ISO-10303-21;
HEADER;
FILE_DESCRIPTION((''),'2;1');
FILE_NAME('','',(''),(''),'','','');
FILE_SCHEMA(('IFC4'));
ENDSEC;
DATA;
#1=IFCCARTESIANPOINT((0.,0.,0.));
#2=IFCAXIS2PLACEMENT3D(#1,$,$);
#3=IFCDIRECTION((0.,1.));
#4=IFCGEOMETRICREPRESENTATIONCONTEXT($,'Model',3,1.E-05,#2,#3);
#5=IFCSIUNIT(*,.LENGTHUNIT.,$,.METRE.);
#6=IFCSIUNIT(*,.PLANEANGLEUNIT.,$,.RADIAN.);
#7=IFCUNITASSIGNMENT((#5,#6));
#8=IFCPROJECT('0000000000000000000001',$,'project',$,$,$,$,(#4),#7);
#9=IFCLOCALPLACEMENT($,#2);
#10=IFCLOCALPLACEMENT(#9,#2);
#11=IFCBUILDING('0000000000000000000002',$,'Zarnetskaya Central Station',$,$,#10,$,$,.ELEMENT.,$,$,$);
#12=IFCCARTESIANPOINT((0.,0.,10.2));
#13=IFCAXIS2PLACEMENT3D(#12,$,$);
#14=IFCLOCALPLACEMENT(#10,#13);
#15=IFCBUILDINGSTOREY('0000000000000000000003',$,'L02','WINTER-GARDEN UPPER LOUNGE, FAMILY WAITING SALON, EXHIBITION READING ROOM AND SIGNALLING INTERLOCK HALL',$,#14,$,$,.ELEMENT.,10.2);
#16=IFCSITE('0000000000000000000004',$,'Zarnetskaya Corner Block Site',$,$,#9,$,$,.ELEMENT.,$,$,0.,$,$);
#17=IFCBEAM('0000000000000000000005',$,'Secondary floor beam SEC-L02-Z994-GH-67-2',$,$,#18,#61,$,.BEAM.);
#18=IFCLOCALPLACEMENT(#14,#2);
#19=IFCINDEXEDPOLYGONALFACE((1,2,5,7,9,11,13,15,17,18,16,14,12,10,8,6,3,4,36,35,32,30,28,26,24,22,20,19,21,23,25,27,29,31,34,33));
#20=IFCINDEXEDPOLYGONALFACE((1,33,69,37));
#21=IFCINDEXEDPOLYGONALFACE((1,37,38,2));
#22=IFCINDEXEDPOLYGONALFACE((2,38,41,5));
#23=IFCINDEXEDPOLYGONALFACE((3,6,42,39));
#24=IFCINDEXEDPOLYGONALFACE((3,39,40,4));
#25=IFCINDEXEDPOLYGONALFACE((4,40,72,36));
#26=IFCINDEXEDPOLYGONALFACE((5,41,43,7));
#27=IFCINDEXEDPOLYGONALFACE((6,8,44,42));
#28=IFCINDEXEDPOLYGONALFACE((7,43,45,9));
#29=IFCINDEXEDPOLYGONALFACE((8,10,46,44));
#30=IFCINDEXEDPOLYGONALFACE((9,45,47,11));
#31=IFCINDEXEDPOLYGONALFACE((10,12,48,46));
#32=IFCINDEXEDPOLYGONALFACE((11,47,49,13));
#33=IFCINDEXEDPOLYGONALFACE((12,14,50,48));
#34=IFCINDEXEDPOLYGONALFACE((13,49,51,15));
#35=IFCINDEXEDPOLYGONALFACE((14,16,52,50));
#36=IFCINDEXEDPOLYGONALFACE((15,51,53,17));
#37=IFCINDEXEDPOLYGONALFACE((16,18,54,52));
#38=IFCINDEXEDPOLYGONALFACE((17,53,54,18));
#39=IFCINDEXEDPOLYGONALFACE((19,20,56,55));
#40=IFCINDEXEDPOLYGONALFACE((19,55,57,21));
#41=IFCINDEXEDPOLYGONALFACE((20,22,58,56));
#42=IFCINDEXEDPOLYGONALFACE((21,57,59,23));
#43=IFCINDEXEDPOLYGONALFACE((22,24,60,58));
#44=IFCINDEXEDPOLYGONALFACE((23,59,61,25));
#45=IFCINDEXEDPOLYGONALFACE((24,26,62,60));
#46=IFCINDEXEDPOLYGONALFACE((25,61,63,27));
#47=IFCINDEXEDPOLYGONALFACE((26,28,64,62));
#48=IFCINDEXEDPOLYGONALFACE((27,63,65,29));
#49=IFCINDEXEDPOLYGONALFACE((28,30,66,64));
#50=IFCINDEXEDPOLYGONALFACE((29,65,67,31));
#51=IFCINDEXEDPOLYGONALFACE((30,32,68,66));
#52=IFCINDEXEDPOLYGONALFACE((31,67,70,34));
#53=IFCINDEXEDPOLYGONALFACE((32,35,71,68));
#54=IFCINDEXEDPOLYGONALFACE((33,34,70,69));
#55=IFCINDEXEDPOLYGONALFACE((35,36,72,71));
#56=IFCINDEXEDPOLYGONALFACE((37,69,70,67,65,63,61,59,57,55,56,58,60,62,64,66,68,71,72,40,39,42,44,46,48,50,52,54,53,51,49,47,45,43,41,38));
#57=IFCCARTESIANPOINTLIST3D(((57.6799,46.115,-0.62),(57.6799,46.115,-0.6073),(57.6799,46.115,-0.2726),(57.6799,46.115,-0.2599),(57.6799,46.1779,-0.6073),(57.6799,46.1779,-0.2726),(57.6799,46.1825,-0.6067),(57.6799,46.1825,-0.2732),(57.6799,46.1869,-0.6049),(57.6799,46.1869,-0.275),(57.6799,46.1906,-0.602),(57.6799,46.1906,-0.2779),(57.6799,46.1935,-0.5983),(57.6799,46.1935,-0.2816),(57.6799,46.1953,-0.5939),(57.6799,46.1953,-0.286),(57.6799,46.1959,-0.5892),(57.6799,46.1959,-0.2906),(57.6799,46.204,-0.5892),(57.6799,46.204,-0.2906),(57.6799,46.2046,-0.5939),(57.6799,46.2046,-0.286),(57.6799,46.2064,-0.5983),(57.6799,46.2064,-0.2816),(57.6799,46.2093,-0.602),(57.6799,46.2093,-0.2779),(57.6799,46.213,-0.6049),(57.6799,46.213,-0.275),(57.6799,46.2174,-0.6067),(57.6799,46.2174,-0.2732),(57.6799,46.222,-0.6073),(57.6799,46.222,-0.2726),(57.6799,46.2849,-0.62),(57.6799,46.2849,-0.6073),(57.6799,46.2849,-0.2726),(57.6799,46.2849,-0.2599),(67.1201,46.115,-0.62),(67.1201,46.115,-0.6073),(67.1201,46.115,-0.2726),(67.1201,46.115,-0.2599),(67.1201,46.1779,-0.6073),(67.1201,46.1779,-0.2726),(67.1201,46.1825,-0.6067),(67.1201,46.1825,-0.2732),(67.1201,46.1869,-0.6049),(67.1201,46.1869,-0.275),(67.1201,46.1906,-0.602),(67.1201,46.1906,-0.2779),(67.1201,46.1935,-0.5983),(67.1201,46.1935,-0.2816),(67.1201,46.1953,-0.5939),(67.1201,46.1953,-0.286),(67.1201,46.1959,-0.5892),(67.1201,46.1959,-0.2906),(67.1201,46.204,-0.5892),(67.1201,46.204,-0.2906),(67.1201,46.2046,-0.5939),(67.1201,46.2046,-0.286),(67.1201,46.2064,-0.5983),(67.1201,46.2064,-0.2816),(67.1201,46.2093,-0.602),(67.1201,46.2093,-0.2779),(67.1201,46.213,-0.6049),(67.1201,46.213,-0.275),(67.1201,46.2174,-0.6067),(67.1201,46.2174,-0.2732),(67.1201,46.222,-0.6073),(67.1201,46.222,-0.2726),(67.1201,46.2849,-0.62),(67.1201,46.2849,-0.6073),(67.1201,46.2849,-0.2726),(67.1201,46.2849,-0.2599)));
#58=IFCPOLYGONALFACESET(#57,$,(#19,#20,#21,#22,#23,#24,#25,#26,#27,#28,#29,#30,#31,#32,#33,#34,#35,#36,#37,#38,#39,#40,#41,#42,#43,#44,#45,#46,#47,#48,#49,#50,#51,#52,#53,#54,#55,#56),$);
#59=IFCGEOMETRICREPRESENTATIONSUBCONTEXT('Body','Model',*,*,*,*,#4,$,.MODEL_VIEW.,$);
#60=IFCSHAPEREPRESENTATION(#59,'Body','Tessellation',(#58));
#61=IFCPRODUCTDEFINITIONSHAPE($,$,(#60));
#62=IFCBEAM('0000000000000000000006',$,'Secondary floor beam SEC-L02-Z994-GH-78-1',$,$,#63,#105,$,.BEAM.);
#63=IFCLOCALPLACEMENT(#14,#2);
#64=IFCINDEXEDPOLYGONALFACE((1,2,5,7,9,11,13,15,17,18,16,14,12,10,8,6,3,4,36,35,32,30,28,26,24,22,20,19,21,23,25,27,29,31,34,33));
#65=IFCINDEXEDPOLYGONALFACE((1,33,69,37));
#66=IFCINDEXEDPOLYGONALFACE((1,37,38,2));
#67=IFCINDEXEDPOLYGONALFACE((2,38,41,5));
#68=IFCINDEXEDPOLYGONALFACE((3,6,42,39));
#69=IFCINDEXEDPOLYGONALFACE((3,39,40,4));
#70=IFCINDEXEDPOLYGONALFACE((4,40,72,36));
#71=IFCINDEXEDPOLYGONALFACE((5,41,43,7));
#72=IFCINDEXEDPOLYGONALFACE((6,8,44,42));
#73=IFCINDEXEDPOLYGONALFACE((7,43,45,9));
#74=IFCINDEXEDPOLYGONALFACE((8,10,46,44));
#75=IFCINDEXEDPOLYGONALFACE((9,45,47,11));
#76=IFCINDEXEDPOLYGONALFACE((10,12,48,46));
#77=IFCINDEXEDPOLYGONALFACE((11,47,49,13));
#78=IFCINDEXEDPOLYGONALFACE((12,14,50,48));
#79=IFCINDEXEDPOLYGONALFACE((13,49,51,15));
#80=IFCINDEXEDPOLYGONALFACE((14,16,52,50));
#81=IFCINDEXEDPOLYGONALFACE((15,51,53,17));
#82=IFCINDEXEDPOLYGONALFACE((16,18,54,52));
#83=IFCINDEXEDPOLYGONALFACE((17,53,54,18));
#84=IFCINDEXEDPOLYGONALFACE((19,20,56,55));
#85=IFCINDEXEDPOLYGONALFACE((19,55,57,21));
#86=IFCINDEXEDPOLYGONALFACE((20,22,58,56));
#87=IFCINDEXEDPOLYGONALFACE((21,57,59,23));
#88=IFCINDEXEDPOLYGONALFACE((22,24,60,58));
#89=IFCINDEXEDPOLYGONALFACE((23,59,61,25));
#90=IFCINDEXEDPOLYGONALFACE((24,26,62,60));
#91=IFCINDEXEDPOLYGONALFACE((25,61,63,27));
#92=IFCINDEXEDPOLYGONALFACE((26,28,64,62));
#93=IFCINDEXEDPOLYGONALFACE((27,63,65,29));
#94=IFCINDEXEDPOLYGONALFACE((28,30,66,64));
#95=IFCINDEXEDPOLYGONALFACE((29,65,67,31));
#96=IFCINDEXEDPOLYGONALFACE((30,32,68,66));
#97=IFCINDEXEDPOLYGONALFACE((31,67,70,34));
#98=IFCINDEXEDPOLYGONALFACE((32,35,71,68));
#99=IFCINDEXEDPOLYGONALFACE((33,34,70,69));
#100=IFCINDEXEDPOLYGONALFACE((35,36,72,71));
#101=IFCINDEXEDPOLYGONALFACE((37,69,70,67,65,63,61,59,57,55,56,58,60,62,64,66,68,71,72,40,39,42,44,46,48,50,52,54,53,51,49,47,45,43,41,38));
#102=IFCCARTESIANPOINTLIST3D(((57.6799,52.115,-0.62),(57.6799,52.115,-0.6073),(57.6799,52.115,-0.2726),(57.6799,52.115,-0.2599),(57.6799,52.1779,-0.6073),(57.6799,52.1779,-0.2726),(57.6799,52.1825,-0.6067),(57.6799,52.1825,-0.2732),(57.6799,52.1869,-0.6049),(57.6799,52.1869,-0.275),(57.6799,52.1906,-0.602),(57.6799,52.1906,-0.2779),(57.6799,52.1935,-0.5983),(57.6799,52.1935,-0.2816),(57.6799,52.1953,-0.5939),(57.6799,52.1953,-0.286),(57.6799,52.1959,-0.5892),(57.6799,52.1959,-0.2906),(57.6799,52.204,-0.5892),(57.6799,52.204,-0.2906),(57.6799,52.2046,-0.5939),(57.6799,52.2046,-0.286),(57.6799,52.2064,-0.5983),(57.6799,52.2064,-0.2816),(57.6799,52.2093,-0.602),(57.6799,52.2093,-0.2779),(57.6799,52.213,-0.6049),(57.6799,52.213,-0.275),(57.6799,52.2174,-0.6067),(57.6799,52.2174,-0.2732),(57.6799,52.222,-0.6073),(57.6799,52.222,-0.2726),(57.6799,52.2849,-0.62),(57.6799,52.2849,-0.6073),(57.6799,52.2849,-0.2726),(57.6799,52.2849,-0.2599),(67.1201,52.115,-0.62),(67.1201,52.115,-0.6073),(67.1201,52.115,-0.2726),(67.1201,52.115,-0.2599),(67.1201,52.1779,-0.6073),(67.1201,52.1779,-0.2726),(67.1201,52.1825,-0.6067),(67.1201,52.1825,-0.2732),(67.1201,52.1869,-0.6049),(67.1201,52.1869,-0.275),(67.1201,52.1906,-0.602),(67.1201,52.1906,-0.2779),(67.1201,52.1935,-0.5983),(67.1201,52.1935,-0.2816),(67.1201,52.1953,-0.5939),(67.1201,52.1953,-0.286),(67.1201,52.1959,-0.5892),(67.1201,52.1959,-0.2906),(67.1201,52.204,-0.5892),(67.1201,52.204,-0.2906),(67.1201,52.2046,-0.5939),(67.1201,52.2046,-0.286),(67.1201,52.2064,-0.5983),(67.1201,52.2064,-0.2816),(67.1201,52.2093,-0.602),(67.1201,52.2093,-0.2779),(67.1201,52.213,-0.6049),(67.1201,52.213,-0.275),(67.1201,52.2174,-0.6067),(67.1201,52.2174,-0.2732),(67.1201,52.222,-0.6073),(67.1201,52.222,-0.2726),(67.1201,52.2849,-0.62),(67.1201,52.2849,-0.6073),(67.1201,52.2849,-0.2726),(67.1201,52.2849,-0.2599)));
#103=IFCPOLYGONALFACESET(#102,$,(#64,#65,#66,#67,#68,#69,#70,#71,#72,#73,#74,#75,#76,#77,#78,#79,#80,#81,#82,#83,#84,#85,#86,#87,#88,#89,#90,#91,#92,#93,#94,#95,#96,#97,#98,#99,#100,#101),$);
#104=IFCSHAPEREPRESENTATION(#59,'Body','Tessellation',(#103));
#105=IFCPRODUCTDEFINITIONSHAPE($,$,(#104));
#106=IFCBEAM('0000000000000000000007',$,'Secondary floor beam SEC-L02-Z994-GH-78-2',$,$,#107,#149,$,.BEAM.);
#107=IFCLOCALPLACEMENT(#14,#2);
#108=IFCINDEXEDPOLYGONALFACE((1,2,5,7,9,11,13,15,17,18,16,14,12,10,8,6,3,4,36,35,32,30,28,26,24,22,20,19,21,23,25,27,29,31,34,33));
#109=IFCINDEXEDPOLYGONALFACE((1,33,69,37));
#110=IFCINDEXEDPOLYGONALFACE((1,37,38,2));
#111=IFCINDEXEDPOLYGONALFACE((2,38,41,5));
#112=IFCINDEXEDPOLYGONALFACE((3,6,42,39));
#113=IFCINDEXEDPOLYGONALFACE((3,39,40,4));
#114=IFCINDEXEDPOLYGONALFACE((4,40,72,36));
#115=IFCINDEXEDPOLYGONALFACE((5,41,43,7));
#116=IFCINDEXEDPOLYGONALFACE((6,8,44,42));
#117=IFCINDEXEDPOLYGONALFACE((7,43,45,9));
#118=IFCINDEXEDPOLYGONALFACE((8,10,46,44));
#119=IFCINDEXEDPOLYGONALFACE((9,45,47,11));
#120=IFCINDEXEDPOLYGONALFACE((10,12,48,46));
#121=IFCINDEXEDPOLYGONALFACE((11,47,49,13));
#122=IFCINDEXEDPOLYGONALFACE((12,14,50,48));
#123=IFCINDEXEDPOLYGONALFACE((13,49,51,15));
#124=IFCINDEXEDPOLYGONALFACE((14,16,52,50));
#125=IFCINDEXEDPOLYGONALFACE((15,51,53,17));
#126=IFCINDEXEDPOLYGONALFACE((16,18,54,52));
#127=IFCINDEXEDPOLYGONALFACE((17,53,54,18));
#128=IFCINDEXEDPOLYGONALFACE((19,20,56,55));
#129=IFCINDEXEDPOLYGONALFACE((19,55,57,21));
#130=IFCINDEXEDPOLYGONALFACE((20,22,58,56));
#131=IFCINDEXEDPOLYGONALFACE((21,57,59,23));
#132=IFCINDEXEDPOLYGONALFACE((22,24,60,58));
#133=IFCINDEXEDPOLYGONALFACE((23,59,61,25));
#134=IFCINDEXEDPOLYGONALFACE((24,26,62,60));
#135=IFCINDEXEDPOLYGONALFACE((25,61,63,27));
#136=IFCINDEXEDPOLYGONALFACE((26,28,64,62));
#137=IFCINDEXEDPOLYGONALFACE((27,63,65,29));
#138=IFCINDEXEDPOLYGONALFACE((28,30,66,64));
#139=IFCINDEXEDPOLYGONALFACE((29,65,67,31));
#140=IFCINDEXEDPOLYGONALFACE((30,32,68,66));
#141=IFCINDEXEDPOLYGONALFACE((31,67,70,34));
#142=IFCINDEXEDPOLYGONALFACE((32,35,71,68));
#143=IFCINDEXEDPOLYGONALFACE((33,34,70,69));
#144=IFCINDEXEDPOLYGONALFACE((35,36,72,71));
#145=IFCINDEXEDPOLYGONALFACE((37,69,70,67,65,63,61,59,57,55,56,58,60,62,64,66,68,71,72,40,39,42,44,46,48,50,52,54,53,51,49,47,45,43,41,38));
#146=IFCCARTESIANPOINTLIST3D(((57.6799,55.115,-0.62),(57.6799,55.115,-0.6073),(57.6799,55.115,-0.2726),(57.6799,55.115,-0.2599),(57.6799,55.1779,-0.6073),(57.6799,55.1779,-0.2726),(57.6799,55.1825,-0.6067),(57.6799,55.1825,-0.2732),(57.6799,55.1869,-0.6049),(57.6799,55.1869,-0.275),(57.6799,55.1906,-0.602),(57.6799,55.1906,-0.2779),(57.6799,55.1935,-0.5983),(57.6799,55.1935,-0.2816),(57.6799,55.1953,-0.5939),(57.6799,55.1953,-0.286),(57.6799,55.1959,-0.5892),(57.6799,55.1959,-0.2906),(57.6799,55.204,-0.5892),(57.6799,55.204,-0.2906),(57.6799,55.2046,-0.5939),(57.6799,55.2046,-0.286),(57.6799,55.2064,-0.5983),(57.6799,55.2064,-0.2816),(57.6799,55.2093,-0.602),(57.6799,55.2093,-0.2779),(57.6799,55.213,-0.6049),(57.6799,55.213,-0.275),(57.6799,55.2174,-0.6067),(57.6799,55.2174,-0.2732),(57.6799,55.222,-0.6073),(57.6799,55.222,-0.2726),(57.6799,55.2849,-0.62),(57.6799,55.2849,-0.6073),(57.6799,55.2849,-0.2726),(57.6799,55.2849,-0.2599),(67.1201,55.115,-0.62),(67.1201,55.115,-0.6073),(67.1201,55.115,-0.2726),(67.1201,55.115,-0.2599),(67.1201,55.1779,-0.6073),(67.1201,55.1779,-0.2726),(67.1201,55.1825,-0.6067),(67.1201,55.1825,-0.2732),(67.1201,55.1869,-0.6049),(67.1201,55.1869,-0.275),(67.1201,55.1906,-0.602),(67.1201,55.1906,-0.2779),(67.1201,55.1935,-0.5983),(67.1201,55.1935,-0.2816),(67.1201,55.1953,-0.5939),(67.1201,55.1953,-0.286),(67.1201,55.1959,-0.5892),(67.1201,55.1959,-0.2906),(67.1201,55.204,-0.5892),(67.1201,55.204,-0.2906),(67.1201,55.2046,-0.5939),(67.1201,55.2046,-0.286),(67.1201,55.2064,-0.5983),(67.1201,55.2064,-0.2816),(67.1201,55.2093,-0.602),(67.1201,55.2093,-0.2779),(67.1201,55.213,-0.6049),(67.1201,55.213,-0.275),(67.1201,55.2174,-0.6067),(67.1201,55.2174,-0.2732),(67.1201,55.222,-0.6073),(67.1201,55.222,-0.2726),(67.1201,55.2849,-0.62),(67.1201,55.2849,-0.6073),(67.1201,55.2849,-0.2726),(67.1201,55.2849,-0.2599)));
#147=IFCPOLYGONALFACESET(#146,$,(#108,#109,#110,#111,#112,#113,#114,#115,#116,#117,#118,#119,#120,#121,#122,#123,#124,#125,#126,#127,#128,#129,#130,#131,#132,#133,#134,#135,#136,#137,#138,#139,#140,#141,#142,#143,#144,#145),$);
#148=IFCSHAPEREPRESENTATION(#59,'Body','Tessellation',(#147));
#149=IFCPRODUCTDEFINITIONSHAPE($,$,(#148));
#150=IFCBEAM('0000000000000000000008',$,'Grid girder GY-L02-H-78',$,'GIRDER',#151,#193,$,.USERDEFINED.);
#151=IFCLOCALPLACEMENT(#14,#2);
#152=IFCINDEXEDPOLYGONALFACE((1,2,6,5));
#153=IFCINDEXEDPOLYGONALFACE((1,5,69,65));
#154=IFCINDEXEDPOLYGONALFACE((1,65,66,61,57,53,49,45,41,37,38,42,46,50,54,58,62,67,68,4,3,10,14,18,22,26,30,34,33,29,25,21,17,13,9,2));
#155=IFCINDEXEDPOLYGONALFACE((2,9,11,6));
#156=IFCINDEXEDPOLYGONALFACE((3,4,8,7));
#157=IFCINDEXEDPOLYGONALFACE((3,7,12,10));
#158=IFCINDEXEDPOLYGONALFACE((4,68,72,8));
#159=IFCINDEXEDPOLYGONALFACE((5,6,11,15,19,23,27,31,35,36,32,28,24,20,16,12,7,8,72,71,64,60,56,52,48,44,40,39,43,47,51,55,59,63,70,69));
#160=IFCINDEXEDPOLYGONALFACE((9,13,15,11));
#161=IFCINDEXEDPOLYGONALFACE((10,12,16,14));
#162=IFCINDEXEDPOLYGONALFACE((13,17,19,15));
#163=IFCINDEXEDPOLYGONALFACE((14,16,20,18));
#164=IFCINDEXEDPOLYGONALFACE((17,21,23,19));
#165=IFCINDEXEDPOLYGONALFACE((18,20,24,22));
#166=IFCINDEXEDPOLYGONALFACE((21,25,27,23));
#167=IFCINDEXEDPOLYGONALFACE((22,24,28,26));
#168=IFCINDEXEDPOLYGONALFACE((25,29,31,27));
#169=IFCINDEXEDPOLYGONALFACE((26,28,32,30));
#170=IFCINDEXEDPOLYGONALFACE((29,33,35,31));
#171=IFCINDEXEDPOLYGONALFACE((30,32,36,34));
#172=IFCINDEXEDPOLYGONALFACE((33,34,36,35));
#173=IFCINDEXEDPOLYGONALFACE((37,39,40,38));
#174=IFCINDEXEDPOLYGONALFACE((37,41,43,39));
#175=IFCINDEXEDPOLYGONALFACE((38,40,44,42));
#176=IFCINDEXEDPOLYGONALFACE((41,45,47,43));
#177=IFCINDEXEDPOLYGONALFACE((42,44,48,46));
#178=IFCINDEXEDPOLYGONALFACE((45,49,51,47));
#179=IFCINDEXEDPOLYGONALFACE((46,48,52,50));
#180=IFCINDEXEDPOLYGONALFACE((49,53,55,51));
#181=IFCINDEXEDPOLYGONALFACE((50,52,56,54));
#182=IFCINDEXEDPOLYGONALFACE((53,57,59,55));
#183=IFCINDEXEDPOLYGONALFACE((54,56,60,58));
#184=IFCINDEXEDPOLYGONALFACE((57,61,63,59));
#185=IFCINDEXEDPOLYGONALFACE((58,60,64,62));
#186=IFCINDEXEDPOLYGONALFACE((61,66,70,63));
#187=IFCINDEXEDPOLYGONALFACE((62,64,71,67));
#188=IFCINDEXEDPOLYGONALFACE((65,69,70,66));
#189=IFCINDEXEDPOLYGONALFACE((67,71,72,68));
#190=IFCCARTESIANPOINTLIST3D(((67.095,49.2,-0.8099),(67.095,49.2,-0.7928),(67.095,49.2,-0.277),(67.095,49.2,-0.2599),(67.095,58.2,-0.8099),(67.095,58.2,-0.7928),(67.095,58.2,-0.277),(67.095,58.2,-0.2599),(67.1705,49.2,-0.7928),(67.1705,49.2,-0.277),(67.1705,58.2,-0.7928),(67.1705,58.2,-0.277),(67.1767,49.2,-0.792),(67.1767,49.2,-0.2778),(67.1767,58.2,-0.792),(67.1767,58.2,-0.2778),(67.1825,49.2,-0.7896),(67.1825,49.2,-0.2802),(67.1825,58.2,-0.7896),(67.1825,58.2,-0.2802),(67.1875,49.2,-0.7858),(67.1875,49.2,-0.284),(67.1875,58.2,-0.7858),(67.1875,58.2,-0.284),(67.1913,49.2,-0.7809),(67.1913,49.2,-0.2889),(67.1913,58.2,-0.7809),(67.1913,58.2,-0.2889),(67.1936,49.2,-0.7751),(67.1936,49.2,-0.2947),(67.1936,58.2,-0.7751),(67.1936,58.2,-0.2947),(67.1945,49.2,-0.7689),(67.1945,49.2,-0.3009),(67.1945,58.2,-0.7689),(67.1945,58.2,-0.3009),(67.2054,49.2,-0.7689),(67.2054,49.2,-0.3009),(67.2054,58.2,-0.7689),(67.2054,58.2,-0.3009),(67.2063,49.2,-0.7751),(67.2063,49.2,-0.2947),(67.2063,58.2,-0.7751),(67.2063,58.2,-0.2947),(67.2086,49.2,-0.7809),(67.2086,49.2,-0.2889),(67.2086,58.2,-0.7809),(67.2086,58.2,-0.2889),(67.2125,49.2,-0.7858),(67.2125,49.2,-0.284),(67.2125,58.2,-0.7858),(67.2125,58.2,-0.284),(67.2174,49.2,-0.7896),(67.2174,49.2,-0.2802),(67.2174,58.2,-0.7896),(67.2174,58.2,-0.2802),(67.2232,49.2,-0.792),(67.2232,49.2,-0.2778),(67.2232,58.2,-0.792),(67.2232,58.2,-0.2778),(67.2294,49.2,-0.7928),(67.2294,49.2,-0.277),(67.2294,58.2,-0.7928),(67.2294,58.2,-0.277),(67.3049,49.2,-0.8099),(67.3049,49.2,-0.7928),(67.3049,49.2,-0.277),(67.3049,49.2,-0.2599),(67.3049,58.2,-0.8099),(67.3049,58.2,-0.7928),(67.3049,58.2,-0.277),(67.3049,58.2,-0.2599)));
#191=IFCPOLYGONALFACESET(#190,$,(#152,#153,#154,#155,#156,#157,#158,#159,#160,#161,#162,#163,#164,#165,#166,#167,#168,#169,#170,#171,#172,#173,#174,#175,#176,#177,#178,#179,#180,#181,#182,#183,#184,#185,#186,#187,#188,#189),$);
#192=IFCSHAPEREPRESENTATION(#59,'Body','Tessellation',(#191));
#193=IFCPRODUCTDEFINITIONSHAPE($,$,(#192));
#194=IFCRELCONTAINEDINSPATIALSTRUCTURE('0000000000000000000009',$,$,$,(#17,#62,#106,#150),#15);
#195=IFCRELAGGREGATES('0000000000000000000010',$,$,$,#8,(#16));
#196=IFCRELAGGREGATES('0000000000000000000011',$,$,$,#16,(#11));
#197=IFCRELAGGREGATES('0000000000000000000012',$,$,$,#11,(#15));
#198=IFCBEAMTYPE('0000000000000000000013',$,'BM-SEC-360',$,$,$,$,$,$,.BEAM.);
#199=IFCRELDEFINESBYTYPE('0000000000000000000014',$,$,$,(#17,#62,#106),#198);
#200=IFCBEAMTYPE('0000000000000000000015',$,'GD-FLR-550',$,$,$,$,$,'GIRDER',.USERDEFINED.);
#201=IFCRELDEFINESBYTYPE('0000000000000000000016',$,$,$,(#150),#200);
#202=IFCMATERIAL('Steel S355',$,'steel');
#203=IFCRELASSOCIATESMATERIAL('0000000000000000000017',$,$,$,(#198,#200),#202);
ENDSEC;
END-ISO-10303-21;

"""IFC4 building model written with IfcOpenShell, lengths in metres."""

from ifc_helpers import new_model, si_unit, direction, frame, origin, origin_2d, place, context, subcontext, project, spatial, i_section, extrude, material, material_profile, profile_set, type_object, element, save


model = new_model("IFC4")

# Units and contexts
model_context = context("Model", 3, precision=1e-05, world=origin(), true_north=direction((0.0, 1.0)))
body_context = subcontext(model_context, "Body", "Model", "MODEL_VIEW")
ifc_project = project(units=[si_unit("LENGTHUNIT", "METRE"), si_unit("PLANEANGLEUNIT", "RADIAN")], contexts=[model_context])

# Site, building, storey
site_placement = place(None, origin())
site = spatial("IfcSite", under=ifc_project, at=site_placement, Name="Zarnetskaya Corner Block Site", CompositionType="ELEMENT", RefElevation=0.0)
building_placement = place(site_placement, origin())
building = spatial("IfcBuilding", under=site, at=building_placement, Name="Zarnetskaya Central Station", CompositionType="ELEMENT")
storey_placement = place(building_placement, frame((0.0, 0.0, 10.2)))
storey = spatial("IfcBuildingStorey", under=building, at=storey_placement, Name="L02", Description="WINTER-GARDEN UPPER LOUNGE, FAMILY WAITING SALON, EXHIBITION READING ROOM AND SIGNALLING INTERLOCK HALL", CompositionType="ELEMENT", Elevation=10.2)

# Shared definitions
ifc_material_1 = material(Name="Steel S355", Category="steel")

# Beams
ifc_material_profile_1 = material_profile(ifc_material_1, i_section(OverallWidth=0.1699, OverallDepth=0.3601, WebThickness=0.0081, FlangeThickness=0.0127, FilletRadius=0.0181, at=origin_2d()), Name="IPE 360")
ifc_profile_set_1 = profile_set([ifc_material_profile_1], Name="Steel S355")
beam_type_1 = type_object("IfcBeamType", Name="BM-SEC-360", PredefinedType="BEAM", material=ifc_profile_set_1)
for number, where, z_axis, x_axis, name in (
    (1, (57.6799, 46.2, -0.4399), (1.0, 0.0, 0.0), (0.0, 1.0, 0.0), "Secondary floor beam SEC-L02-Z994-GH-67-2"),
    (2, (57.6799, 52.2, -0.4399), (1.0, 0.0, 0.0), (0.0, 1.0, 0.0), "Secondary floor beam SEC-L02-Z994-GH-78-1"),
    (3, (57.6799, 55.2, -0.4399), (1.0, 0.0, 0.0), (0.0, 1.0, 0.0), "Secondary floor beam SEC-L02-Z994-GH-78-2"),
):
    element("IfcBeam", number, at=place(storey_placement, frame(where, z_axis=z_axis, x_axis=x_axis)), inside=storey, type_object=beam_type_1, Name=name, PredefinedType="BEAM", context=body_context, shape_type="SweptSolid", body=[
        extrude(i_section(OverallWidth=0.1699, OverallDepth=0.3601, WebThickness=0.0081, FlangeThickness=0.0127, FilletRadius=0.0181, at=origin_2d()), origin(), (0.0, 0.0, 1.0), 9.4402),
    ])
ifc_material_profile_2 = material_profile(ifc_material_1, i_section(OverallWidth=0.21, OverallDepth=0.55, WebThickness=0.011, FlangeThickness=0.0171, FilletRadius=0.0239, at=origin_2d()), Name="IPE 550")
ifc_profile_set_2 = profile_set([ifc_material_profile_2], Name="Steel S355")
beam_type_2 = type_object("IfcBeamType", Name="GD-FLR-550", ElementType="GIRDER", PredefinedType="USERDEFINED", material=ifc_profile_set_2)
beam_placement = place(storey_placement, frame((67.2, 49.2, -0.5349), z_axis=(0.0, 1.0, 0.0), x_axis=(-1.0, 0.0, 0.0)))
element("IfcBeam", 4, at=beam_placement, inside=storey, type_object=beam_type_2, Name="Grid girder GY-L02-H-78", ObjectType="GIRDER", PredefinedType="USERDEFINED", context=body_context, shape_type="SweptSolid", body=[
    extrude(i_section(OverallWidth=0.21, OverallDepth=0.55, WebThickness=0.011, FlangeThickness=0.0171, FilletRadius=0.0239, at=origin_2d()), origin(), (0.0, 0.0, 1.0), 9.0),
])

save(model, "model.ifc")
